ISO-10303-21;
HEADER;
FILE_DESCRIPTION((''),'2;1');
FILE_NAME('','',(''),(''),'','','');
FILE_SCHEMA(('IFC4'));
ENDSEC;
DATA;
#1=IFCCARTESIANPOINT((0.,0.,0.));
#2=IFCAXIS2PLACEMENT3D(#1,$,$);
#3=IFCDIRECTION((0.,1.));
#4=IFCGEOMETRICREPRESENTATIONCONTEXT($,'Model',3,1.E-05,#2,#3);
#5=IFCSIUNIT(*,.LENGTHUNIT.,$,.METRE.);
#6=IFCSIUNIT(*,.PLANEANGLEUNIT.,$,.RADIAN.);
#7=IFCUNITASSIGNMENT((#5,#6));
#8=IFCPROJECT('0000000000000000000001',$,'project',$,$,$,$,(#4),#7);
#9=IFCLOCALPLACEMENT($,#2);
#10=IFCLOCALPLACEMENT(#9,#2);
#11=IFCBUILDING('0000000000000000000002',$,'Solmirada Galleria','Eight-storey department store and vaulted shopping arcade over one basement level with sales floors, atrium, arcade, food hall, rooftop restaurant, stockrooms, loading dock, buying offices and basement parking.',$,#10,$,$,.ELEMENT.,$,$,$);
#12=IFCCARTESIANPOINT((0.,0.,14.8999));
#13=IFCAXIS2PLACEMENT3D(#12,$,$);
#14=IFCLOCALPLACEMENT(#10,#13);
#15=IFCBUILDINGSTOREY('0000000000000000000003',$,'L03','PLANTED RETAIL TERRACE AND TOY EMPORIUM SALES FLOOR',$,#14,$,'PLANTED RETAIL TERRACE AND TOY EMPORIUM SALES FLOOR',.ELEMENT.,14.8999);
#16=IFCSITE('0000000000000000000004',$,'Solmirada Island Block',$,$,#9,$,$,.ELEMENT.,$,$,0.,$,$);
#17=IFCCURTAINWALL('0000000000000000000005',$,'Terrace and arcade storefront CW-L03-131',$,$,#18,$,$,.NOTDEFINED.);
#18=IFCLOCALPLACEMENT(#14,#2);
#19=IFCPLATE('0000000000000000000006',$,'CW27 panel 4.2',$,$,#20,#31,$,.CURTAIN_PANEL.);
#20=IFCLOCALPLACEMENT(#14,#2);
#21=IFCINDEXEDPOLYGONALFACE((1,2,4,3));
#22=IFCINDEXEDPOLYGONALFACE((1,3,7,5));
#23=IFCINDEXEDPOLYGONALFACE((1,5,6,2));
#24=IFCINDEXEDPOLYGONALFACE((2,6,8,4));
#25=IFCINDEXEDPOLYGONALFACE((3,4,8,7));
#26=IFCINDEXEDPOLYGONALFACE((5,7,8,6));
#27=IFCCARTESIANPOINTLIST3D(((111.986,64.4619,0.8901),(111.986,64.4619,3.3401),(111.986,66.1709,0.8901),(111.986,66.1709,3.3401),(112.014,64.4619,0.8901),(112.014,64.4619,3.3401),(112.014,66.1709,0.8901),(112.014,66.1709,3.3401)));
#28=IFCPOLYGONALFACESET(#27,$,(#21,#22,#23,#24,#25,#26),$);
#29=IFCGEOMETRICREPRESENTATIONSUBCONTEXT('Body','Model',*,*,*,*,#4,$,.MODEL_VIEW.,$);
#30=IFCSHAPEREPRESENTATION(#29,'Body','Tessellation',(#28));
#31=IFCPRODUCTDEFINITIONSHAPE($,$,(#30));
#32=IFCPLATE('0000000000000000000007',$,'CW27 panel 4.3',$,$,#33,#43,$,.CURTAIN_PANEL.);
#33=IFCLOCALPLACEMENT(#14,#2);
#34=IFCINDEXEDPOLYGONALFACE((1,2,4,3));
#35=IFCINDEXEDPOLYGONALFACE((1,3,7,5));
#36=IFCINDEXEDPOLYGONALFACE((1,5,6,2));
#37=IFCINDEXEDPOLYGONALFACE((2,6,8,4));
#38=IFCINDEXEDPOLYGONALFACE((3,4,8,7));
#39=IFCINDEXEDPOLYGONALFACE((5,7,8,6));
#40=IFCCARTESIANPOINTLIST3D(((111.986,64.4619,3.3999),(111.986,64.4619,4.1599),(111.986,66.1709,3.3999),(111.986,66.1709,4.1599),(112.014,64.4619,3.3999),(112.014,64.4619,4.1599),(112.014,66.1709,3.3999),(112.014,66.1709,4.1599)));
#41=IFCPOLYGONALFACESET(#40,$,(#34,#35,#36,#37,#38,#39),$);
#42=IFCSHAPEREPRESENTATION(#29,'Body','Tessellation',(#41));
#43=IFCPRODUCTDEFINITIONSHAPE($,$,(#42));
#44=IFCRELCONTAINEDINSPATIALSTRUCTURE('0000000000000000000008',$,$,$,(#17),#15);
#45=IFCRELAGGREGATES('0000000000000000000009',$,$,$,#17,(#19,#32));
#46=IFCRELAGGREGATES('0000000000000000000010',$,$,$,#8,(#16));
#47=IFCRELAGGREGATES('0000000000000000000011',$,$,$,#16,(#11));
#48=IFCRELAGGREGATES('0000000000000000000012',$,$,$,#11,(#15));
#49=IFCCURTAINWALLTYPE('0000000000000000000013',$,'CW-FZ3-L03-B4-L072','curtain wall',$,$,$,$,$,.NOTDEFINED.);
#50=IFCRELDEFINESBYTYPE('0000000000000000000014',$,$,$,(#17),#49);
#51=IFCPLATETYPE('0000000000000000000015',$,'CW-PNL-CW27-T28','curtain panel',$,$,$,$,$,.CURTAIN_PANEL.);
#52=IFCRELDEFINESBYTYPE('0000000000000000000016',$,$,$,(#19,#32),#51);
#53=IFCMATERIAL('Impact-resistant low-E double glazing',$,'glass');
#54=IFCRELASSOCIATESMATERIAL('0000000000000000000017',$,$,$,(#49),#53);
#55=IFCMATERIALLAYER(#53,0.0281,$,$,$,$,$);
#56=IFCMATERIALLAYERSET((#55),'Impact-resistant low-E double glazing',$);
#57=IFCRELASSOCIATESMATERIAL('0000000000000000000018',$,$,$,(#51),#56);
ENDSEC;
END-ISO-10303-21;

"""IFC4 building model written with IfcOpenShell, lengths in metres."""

from ifc_helpers import new_model, si_unit, direction, frame, origin, origin_2d, place, context, subcontext, project, spatial, rectangle, extrude, material, layer, layer_set, type_object, element, aggregate, save


model = new_model("IFC4")

# Units and contexts
model_context = context("Model", 3, precision=1e-05, world=origin(), true_north=direction((0.0, 1.0)))
body_context = subcontext(model_context, "Body", "Model", "MODEL_VIEW")
ifc_project = project(units=[si_unit("LENGTHUNIT", "METRE"), si_unit("PLANEANGLEUNIT", "RADIAN")], contexts=[model_context])

# Site, building, storey
site_placement = place(None, origin())
site = spatial("IfcSite", under=ifc_project, at=site_placement, Name="Solmirada Island Block", CompositionType="ELEMENT", RefElevation=0.0)
building_placement = place(site_placement, origin())
building = spatial("IfcBuilding", under=site, at=building_placement, Name="Solmirada Galleria", Description="Eight-storey department store and vaulted shopping arcade over one basement level with sales floors, atrium, arcade, food hall, rooftop restaurant, stockrooms, loading dock, buying offices and basement parking.", CompositionType="ELEMENT")
storey_placement = place(building_placement, frame((0.0, 0.0, 14.8999)))
storey = spatial("IfcBuildingStorey", under=building, at=storey_placement, Name="L03", Description="PLANTED RETAIL TERRACE AND TOY EMPORIUM SALES FLOOR", LongName="PLANTED RETAIL TERRACE AND TOY EMPORIUM SALES FLOOR", CompositionType="ELEMENT", Elevation=14.8999)

# Curtain wall, plates
ifc_material_1 = material(Name="Impact-resistant low-E double glazing", Category="glass")
curtain_wall_type = type_object("IfcCurtainWallType", Name="CW-FZ3-L03-B4-L072", Description="curtain wall", PredefinedType="NOTDEFINED", material=ifc_material_1)
curtain_wall_placement = place(storey_placement, origin())
curtain_wall = element("IfcCurtainWall", 1, at=curtain_wall_placement, inside=storey, type_object=curtain_wall_type, Name="Terrace and arcade storefront CW-L03-131", PredefinedType="NOTDEFINED")
ifc_layer = layer(ifc_material_1, 0.0281)
ifc_layer_set = layer_set([ifc_layer], Name="Impact-resistant low-E double glazing")
plate_type = type_object("IfcPlateType", Name="CW-PNL-CW27-T28", Description="curtain panel", PredefinedType="CURTAIN_PANEL", material=ifc_layer_set)
plate_1_placement = place(storey_placement, frame((112.0, 65.3164, 0.8901), z_axis=(0.0, 0.0, 1.0), x_axis=(0.0, -1.0, 0.0)))
plate_1 = element("IfcPlate", 2, at=plate_1_placement, type_object=plate_type, Name="CW27 panel 4.2", PredefinedType="CURTAIN_PANEL", context=body_context, shape_type="SweptSolid", body=[
    extrude(rectangle(XDim=1.709, YDim=0.0281, at=origin_2d()), origin(), (0.0, 0.0, 1.0), 2.45),
])
plate_2_placement = place(storey_placement, frame((112.0, 65.3164, 3.3999), z_axis=(0.0, 0.0, 1.0), x_axis=(0.0, -1.0, 0.0)))
plate_2 = element("IfcPlate", 3, at=plate_2_placement, type_object=plate_type, Name="CW27 panel 4.3", PredefinedType="CURTAIN_PANEL", context=body_context, shape_type="SweptSolid", body=[
    extrude(rectangle(XDim=1.709, YDim=0.0281, at=origin_2d()), origin(), (0.0, 0.0, 1.0), 0.76),
])
aggregate(curtain_wall, [plate_1, plate_2])

save(model, "model.ifc")
